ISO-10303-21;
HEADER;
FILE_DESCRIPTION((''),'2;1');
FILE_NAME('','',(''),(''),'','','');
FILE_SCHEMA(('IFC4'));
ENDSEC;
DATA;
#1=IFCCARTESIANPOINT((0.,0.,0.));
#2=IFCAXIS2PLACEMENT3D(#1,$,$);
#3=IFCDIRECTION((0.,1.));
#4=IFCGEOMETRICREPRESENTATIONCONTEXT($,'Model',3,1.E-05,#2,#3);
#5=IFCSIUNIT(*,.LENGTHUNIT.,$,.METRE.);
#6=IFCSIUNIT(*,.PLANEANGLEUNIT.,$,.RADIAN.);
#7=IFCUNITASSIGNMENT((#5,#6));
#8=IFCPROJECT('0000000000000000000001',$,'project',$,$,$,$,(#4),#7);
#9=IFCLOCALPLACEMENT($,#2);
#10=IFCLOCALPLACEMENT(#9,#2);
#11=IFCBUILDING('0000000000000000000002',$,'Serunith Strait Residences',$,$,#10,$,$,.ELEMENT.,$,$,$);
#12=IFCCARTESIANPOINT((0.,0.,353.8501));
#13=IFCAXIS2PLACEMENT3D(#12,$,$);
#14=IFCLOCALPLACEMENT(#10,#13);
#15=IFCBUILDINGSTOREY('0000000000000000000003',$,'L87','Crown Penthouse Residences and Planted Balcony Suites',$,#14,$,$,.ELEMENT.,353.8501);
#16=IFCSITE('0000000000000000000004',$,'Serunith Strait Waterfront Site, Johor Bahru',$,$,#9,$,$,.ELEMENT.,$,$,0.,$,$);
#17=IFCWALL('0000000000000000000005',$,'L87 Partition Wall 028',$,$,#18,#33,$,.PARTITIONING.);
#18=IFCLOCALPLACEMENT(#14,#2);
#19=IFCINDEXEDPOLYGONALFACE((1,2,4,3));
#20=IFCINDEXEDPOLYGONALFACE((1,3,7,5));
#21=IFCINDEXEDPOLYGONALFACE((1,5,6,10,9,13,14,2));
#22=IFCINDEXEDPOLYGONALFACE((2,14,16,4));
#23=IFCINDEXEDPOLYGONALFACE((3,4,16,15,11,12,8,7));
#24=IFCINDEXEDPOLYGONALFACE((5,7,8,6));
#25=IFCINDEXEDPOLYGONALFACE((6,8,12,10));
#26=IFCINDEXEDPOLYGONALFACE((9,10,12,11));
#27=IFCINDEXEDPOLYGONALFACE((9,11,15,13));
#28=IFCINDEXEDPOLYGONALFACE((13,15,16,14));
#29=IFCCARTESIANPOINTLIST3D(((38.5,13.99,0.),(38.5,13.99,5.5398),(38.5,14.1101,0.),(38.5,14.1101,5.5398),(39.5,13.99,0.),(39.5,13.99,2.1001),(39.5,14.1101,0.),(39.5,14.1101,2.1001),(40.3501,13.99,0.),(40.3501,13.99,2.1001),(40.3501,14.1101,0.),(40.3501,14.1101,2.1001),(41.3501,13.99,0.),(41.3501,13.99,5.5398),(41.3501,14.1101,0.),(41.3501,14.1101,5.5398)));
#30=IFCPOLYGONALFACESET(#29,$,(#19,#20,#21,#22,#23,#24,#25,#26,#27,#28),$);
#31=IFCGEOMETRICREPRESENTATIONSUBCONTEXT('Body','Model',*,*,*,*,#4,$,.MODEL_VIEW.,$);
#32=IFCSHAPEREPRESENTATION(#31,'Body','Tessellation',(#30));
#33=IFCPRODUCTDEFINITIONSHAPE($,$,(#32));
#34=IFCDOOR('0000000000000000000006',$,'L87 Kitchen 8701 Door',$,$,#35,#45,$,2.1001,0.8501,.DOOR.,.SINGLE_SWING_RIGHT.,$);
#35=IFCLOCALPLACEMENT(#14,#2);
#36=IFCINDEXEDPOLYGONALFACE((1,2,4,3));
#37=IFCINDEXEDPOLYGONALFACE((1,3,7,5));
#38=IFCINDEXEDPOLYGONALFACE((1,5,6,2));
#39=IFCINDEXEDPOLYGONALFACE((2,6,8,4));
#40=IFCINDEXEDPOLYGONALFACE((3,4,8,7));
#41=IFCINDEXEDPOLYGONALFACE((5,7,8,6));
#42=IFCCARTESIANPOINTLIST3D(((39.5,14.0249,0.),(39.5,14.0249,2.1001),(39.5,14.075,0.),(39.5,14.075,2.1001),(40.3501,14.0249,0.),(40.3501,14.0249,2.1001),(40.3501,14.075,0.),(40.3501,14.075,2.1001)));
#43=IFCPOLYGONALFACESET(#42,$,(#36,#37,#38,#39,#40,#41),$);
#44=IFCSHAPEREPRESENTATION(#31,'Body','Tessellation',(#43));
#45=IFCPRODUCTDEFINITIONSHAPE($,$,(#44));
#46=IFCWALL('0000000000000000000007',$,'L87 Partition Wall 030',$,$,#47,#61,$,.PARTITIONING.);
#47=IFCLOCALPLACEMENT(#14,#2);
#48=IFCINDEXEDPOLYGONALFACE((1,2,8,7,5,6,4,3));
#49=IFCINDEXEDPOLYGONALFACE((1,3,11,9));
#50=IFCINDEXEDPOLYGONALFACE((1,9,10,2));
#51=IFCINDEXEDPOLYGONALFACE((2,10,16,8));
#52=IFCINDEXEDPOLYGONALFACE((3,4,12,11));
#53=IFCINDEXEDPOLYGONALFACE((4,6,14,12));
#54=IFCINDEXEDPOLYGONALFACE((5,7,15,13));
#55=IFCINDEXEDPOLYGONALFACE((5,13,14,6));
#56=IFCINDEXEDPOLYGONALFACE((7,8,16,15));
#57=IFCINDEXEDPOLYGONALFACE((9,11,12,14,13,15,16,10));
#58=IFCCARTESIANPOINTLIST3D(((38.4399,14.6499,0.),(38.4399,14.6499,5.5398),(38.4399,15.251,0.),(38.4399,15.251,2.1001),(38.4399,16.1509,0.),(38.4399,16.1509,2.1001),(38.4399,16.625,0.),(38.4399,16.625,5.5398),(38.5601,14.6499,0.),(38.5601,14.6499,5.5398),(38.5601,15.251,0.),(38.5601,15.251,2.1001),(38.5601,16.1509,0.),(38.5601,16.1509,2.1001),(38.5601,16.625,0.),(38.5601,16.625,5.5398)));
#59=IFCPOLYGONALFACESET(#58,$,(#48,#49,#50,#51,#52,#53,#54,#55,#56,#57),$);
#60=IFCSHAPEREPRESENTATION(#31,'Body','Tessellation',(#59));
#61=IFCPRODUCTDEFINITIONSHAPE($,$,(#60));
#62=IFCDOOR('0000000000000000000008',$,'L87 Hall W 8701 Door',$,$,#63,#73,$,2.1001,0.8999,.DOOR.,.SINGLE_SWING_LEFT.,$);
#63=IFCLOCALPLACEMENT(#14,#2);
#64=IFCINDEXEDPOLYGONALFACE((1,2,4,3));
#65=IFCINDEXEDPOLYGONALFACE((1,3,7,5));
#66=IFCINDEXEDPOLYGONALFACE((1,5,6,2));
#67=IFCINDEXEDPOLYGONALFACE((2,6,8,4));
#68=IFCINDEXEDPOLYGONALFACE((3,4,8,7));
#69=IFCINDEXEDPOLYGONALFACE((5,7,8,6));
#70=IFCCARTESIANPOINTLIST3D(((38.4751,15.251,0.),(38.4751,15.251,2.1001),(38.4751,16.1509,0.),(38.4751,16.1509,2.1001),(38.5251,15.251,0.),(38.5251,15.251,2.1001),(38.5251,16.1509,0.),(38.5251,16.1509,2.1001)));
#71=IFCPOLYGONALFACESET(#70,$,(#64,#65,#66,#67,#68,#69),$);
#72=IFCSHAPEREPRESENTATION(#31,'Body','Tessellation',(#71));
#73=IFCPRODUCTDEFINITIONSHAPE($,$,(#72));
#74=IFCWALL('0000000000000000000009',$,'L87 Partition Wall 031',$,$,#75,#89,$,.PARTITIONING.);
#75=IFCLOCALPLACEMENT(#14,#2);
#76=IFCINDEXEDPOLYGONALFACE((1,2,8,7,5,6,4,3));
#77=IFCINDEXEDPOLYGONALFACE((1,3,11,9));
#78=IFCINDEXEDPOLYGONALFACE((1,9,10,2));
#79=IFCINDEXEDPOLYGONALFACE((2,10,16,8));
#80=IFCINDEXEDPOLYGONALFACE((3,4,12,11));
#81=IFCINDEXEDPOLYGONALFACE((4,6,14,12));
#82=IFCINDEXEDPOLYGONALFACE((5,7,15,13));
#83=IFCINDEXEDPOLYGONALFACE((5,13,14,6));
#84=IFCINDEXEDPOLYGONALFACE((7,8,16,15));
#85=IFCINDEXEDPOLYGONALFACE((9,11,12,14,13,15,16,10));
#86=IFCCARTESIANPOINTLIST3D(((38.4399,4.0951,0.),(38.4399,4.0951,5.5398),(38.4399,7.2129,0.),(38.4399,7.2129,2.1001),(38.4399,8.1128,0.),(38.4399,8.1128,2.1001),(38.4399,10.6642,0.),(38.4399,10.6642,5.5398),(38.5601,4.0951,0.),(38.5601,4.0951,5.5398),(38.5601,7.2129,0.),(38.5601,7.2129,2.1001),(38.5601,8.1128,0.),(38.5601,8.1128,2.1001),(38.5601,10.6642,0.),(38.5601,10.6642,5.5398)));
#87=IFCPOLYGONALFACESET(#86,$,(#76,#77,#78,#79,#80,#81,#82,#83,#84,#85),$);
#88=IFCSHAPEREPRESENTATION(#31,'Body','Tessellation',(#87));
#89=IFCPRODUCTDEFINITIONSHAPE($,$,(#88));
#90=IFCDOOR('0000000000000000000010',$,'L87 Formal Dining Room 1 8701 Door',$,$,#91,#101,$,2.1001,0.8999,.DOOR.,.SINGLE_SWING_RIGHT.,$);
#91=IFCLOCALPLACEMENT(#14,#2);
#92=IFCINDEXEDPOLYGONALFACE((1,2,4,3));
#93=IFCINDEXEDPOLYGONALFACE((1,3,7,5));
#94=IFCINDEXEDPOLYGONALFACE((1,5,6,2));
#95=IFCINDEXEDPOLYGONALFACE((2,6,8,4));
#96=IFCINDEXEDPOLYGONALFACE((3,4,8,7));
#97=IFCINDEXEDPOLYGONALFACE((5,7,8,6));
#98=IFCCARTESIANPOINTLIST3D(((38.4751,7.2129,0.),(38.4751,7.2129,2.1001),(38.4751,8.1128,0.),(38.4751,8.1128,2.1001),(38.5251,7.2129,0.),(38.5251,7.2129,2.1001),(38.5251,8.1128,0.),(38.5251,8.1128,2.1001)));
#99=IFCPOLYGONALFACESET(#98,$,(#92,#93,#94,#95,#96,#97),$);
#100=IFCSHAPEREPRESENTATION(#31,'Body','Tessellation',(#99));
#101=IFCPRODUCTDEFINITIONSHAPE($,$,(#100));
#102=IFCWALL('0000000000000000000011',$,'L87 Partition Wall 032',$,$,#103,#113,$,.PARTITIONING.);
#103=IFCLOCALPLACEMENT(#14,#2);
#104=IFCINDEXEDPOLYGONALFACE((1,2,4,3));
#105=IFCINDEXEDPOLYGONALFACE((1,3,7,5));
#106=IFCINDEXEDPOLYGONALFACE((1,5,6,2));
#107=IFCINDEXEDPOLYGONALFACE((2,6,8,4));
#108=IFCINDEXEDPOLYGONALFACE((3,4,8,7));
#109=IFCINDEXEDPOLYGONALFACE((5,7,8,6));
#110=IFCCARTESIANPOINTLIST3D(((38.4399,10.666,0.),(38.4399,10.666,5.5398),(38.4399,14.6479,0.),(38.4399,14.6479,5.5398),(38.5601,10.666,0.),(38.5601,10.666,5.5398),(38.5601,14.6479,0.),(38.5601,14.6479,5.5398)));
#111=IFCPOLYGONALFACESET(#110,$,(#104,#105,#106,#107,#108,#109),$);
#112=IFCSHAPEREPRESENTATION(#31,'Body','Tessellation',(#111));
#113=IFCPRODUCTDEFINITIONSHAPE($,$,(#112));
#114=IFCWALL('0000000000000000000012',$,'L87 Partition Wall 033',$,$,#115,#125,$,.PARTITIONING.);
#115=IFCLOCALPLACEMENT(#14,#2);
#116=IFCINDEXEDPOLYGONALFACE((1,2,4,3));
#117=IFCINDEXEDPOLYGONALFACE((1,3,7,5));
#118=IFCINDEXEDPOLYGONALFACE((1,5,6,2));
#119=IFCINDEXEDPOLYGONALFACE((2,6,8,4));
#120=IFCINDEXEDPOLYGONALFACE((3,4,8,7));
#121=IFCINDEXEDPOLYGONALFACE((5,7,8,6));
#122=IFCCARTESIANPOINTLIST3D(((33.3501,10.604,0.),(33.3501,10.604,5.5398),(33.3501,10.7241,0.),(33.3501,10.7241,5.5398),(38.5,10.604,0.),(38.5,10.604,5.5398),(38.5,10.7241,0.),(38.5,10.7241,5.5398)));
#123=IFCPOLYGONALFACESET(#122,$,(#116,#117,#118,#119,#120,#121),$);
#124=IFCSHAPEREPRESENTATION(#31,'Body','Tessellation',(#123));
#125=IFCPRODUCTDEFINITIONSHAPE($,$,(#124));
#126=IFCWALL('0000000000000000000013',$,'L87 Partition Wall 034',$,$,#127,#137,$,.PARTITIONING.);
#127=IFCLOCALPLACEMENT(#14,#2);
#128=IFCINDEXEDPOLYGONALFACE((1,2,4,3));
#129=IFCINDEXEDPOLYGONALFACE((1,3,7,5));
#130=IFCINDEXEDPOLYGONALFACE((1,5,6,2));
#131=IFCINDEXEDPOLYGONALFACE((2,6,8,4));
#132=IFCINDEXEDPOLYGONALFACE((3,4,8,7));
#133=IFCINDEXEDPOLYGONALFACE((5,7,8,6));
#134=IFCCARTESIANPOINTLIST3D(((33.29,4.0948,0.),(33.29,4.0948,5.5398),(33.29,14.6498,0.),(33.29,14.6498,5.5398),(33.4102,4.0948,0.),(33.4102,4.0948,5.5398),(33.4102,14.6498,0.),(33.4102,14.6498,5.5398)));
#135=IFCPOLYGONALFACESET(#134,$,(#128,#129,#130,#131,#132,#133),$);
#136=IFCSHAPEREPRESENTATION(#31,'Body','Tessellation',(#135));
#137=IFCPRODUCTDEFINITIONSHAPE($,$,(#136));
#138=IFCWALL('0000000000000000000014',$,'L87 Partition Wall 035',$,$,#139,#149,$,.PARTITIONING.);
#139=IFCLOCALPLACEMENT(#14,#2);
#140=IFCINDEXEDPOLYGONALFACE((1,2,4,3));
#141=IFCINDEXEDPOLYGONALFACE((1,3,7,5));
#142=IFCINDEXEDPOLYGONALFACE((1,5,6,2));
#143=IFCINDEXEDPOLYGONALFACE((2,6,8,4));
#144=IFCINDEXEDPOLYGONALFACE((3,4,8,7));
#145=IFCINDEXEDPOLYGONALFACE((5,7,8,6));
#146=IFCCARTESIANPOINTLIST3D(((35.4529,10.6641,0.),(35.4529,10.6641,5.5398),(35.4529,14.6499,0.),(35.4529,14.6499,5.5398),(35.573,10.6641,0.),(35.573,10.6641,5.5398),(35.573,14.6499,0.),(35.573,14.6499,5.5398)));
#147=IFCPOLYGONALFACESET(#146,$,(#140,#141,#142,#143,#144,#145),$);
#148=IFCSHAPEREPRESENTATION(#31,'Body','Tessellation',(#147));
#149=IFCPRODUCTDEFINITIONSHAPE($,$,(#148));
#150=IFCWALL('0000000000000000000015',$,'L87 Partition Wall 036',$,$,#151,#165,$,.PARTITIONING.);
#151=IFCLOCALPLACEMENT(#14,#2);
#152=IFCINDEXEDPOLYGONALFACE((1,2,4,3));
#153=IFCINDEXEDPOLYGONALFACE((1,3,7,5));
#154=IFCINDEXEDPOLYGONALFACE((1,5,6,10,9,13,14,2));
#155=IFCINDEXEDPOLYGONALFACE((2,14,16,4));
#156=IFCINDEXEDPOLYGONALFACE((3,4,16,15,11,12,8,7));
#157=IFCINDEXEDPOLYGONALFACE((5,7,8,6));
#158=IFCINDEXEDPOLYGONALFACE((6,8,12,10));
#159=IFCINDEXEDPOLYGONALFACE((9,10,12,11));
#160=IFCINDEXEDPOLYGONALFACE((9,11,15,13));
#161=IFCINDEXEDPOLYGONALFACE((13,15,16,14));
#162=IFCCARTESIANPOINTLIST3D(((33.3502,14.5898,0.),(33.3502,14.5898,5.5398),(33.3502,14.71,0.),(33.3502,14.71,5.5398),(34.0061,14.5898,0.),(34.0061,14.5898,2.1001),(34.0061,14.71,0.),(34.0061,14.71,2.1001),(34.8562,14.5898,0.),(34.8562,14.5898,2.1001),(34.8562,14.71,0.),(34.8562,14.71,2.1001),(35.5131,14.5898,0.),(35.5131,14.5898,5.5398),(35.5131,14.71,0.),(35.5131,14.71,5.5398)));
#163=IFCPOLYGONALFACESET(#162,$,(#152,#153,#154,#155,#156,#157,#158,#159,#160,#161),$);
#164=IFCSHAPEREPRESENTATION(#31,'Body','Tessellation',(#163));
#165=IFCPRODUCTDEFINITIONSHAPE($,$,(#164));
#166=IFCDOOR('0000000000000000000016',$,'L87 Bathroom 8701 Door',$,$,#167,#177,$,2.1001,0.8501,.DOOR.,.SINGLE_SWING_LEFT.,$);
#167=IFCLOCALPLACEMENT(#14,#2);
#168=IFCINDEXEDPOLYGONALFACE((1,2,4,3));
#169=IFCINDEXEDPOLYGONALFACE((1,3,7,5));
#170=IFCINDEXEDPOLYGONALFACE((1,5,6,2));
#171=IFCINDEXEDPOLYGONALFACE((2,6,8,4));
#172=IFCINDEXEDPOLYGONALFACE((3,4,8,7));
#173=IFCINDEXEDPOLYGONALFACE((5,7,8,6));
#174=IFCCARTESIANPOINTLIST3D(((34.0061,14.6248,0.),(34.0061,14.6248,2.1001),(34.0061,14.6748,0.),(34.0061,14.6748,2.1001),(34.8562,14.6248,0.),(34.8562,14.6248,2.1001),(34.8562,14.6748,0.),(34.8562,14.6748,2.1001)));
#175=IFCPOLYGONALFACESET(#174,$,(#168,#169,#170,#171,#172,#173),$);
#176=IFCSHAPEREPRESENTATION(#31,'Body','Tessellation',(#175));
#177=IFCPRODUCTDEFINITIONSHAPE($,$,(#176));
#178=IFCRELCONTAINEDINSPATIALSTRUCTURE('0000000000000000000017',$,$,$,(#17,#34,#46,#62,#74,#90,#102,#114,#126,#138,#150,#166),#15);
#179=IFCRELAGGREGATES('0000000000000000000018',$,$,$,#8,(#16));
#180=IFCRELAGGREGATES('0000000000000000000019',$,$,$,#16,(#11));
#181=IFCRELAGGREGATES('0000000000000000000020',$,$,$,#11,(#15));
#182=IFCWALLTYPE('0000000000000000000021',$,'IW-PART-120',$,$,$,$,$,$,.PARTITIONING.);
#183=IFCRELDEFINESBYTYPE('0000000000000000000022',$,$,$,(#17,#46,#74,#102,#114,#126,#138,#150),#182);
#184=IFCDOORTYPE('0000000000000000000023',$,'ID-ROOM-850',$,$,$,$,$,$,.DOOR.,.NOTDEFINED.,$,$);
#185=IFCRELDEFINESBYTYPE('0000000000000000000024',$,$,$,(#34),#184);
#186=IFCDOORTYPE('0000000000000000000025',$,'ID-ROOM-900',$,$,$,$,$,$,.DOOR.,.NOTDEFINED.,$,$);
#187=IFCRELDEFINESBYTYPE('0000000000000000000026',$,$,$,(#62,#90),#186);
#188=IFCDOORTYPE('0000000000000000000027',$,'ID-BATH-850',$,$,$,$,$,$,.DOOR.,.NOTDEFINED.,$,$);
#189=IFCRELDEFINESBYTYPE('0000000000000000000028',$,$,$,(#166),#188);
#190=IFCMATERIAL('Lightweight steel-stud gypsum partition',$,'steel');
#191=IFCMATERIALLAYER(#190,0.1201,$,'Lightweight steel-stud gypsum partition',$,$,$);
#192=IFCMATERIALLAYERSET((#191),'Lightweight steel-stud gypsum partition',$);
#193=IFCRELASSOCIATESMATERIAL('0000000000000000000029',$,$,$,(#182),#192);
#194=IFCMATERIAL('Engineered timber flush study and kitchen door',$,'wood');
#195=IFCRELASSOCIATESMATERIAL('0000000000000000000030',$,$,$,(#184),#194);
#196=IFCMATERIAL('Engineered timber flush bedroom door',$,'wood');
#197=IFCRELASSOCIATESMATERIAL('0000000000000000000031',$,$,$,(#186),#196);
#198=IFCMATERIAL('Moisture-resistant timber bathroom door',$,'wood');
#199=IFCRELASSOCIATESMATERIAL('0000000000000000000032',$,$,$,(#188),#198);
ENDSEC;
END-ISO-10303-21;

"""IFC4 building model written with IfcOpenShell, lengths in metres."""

from ifc_helpers import new_model, si_unit, direction, frame, frame_2d, origin, place, context, subcontext, project, spatial, rectangle, extrude, source, transform, mapped, material, layer, layer_set, type_object, element, fill, save


model = new_model("IFC4")

# Units and contexts
model_context = context("Model", 3, precision=1e-05, world=origin(), true_north=direction((0.0, 1.0)))
body_context = subcontext(model_context, "Body", "Model", "MODEL_VIEW")
ifc_project = project(units=[si_unit("LENGTHUNIT", "METRE"), si_unit("PLANEANGLEUNIT", "RADIAN")], contexts=[model_context])

# Site, building, storey
site_placement = place(None, origin())
site = spatial("IfcSite", under=ifc_project, at=site_placement, Name="Serunith Strait Waterfront Site, Johor Bahru", CompositionType="ELEMENT", RefElevation=0.0)
building_placement = place(site_placement, origin())
building = spatial("IfcBuilding", under=site, at=building_placement, Name="Serunith Strait Residences", CompositionType="ELEMENT")
storey_placement = place(building_placement, frame((0.0, 0.0, 353.8501)))
storey = spatial("IfcBuildingStorey", under=building, at=storey_placement, Name="L87", Description="Crown Penthouse Residences and Planted Balcony Suites", CompositionType="ELEMENT", Elevation=353.8501)

# Walls, openings, doors
ifc_material_1 = material(Name="Lightweight steel-stud gypsum partition", Category="steel")
ifc_layer_1 = layer(ifc_material_1, 0.1201, Name="Lightweight steel-stud gypsum partition")
ifc_layer_set_1 = layer_set([ifc_layer_1], Name="Lightweight steel-stud gypsum partition")
wall_type = type_object("IfcWallType", Name="IW-PART-120", PredefinedType="PARTITIONING", material=ifc_layer_set_1)
wall_1_placement = place(storey_placement, frame((38.5, 14.05, 0.0), z_axis=(0.0, 0.0, 1.0), x_axis=(1.0, 0.0, 0.0)))
wall_1 = element("IfcWall", 1, at=wall_1_placement, inside=storey, type_object=wall_type, Name="L87 Partition Wall 028", PredefinedType="PARTITIONING", context=body_context, shape_type="SweptSolid", body=[
    extrude(rectangle(XDim=2.8501, YDim=0.1201, at=frame_2d((1.425, 0.0))), origin(), (0.0, 0.0, 1.0), 5.5398),
])
opening_1_placement = place(wall_1_placement, frame((1.0, 0.0, 0.0)))
opening_1 = element("IfcOpeningElement", 2, at=opening_1_placement, cuts=wall_1, PredefinedType="OPENING", context=body_context, shape_type="SweptSolid", body=[
    extrude(rectangle(XDim=0.8501, YDim=2.1001, at=frame_2d((0.425, 1.05))), frame((0.0, 0.0701, 0.0), z_axis=(0.0, -1.0, 0.0), x_axis=(1.0, 0.0, 0.0)), (0.0, 0.0, 1.0), 0.1401),
])
ifc_material_2 = material(Name="Engineered timber flush study and kitchen door", Category="wood")
door_type_1 = type_object("IfcDoorType", Name="ID-ROOM-850", OperationType="NOTDEFINED", PredefinedType="DOOR", material=ifc_material_2)
shared_shape_1 = source(origin(), body_context, "Body", "SweptSolid", [
    extrude(rectangle(XDim=0.8501, YDim=2.1001, at=frame_2d((0.425, 1.05))), frame((0.0, 0.0249, 0.0), z_axis=(0.0, -1.0, 0.0), x_axis=(1.0, 0.0, 0.0)), (0.0, 0.0, 1.0), 0.05),
])
door_1_placement = place(opening_1_placement, origin())
door_1 = element("IfcDoor", 3, at=door_1_placement, inside=storey, type_object=door_type_1, Name="L87 Kitchen 8701 Door", OperationType="SINGLE_SWING_RIGHT", OverallHeight=2.1001, OverallWidth=0.8501, PredefinedType="DOOR", context=body_context, shape_type="MappedRepresentation", body=[
    mapped(shared_shape_1, transform((0.0, 0.0, 0.0), scale=1.0)),
])
fill(opening_1, door_1)
wall_2_placement = place(storey_placement, frame((38.5, 14.6499, 0.0), z_axis=(0.0, 0.0, 1.0), x_axis=(0.0, 1.0, 0.0)))
wall_2 = element("IfcWall", 4, at=wall_2_placement, inside=storey, type_object=wall_type, Name="L87 Partition Wall 030", PredefinedType="PARTITIONING", context=body_context, shape_type="SweptSolid", body=[
    extrude(rectangle(XDim=1.9751, YDim=0.1201, at=frame_2d((0.9875, 0.0))), origin(), (0.0, 0.0, 1.0), 5.5398),
])
opening_2_placement = place(wall_2_placement, frame((0.6011, 0.0, 0.0)))
opening_2 = element("IfcOpeningElement", 5, at=opening_2_placement, cuts=wall_2, PredefinedType="OPENING", context=body_context, shape_type="SweptSolid", body=[
    extrude(rectangle(XDim=0.8999, YDim=2.1001, at=frame_2d((0.45, 1.05))), frame((0.0, 0.0701, 0.0), z_axis=(0.0, -1.0, 0.0), x_axis=(1.0, 0.0, 0.0)), (0.0, 0.0, 1.0), 0.1401),
])
ifc_material_3 = material(Name="Engineered timber flush bedroom door", Category="wood")
door_type_2 = type_object("IfcDoorType", Name="ID-ROOM-900", OperationType="NOTDEFINED", PredefinedType="DOOR", material=ifc_material_3)
shared_shape_2 = source(origin(), body_context, "Body", "SweptSolid", [
    extrude(rectangle(XDim=0.8999, YDim=2.1001, at=frame_2d((0.45, 1.05))), frame((0.0, 0.0249, 0.0), z_axis=(0.0, -1.0, 0.0), x_axis=(1.0, 0.0, 0.0)), (0.0, 0.0, 1.0), 0.05),
])
door_2_placement = place(opening_2_placement, origin())
door_2 = element("IfcDoor", 6, at=door_2_placement, inside=storey, type_object=door_type_2, Name="L87 Hall W 8701 Door", OperationType="SINGLE_SWING_LEFT", OverallHeight=2.1001, OverallWidth=0.8999, PredefinedType="DOOR", context=body_context, shape_type="MappedRepresentation", body=[
    mapped(shared_shape_2, transform((0.0, 0.0, 0.0), scale=1.0)),
])
fill(opening_2, door_2)
wall_3_placement = place(storey_placement, frame((38.5, 4.095, 0.0), z_axis=(0.0, 0.0, 1.0), x_axis=(0.0, 1.0, 0.0)))
wall_3 = element("IfcWall", 7, at=wall_3_placement, inside=storey, type_object=wall_type, Name="L87 Partition Wall 031", PredefinedType="PARTITIONING", context=body_context, shape_type="SweptSolid", body=[
    extrude(rectangle(XDim=6.5691, YDim=0.1201, at=frame_2d((3.2847, 0.0))), origin(), (0.0, 0.0, 1.0), 5.5398),
])
opening_3_placement = place(wall_3_placement, frame((3.1179, 0.0, 0.0)))
opening_3 = element("IfcOpeningElement", 8, at=opening_3_placement, cuts=wall_3, PredefinedType="OPENING", context=body_context, shape_type="SweptSolid", body=[
    extrude(rectangle(XDim=0.8999, YDim=2.1001, at=frame_2d((0.45, 1.05))), frame((0.0, 0.0701, 0.0), z_axis=(0.0, -1.0, 0.0), x_axis=(1.0, 0.0, 0.0)), (0.0, 0.0, 1.0), 0.1401),
])
door_3_placement = place(opening_3_placement, origin())
door_3 = element("IfcDoor", 9, at=door_3_placement, inside=storey, type_object=door_type_2, Name="L87 Formal Dining Room 1 8701 Door", OperationType="SINGLE_SWING_RIGHT", OverallHeight=2.1001, OverallWidth=0.8999, PredefinedType="DOOR", context=body_context, shape_type="MappedRepresentation", body=[
    mapped(shared_shape_2, transform((0.0, 0.0, 0.0), scale=1.0)),
])
fill(opening_3, door_3)

# Walls
wall_4_placement = place(storey_placement, frame((38.5, 10.666, 0.0), z_axis=(0.0, 0.0, 1.0), x_axis=(0.0, 1.0, 0.0)))
element("IfcWall", 10, at=wall_4_placement, inside=storey, type_object=wall_type, Name="L87 Partition Wall 032", PredefinedType="PARTITIONING", context=body_context, shape_type="SweptSolid", body=[
    extrude(rectangle(XDim=3.9819, YDim=0.1201, at=frame_2d((1.991, 0.0))), origin(), (0.0, 0.0, 1.0), 5.5398),
])
wall_5_placement = place(storey_placement, frame((33.3501, 10.6641, 0.0), z_axis=(0.0, 0.0, 1.0), x_axis=(1.0, 0.0, 0.0)))
element("IfcWall", 11, at=wall_5_placement, inside=storey, type_object=wall_type, Name="L87 Partition Wall 033", PredefinedType="PARTITIONING", context=body_context, shape_type="SweptSolid", body=[
    extrude(rectangle(XDim=5.1499, YDim=0.1201, at=frame_2d((2.575, 0.0))), origin(), (0.0, 0.0, 1.0), 5.5398),
])
wall_6_placement = place(storey_placement, frame((33.3501, 4.095, 0.0), z_axis=(0.0, 0.0, 1.0), x_axis=(0.0, 1.0, 0.0)))
element("IfcWall", 12, at=wall_6_placement, inside=storey, type_object=wall_type, Name="L87 Partition Wall 034", PredefinedType="PARTITIONING", context=body_context, shape_type="SweptSolid", body=[
    extrude(rectangle(XDim=10.5549, YDim=0.1201, at=frame_2d((5.2773, 0.0))), origin(), (0.0, 0.0, 1.0), 5.5398),
])
wall_7_placement = place(storey_placement, frame((35.5129, 10.6641, 0.0), z_axis=(0.0, 0.0, 1.0), x_axis=(0.0, 1.0, 0.0)))
element("IfcWall", 13, at=wall_7_placement, inside=storey, type_object=wall_type, Name="L87 Partition Wall 035", PredefinedType="PARTITIONING", context=body_context, shape_type="SweptSolid", body=[
    extrude(rectangle(XDim=3.9858, YDim=0.1201, at=frame_2d((1.9929, 0.0))), origin(), (0.0, 0.0, 1.0), 5.5398),
])

# Wall, opening, door
wall_8_placement = place(storey_placement, frame((33.3501, 14.6499, 0.0), z_axis=(0.0, 0.0, 1.0), x_axis=(1.0, 0.0, 0.0)))
wall_8 = element("IfcWall", 14, at=wall_8_placement, inside=storey, type_object=wall_type, Name="L87 Partition Wall 036", PredefinedType="PARTITIONING", context=body_context, shape_type="SweptSolid", body=[
    extrude(rectangle(XDim=2.1628, YDim=0.1201, at=frame_2d((1.0815, 0.0))), origin(), (0.0, 0.0, 1.0), 5.5398),
])
opening_4_placement = place(wall_8_placement, frame((0.656, 0.0, 0.0)))
opening_4 = element("IfcOpeningElement", 15, at=opening_4_placement, cuts=wall_8, PredefinedType="OPENING", context=body_context, shape_type="SweptSolid", body=[
    extrude(rectangle(XDim=0.8501, YDim=2.1001, at=frame_2d((0.425, 1.05))), frame((0.0, 0.0701, 0.0), z_axis=(0.0, -1.0, 0.0), x_axis=(1.0, 0.0, 0.0)), (0.0, 0.0, 1.0), 0.1401),
])
ifc_material_4 = material(Name="Moisture-resistant timber bathroom door", Category="wood")
door_type_3 = type_object("IfcDoorType", Name="ID-BATH-850", OperationType="NOTDEFINED", PredefinedType="DOOR", material=ifc_material_4)
door_4_placement = place(opening_4_placement, origin())
door_4 = element("IfcDoor", 16, at=door_4_placement, inside=storey, type_object=door_type_3, Name="L87 Bathroom 8701 Door", OperationType="SINGLE_SWING_LEFT", OverallHeight=2.1001, OverallWidth=0.8501, PredefinedType="DOOR", context=body_context, shape_type="MappedRepresentation", body=[
    mapped(shared_shape_1, transform((0.0, 0.0, 0.0), scale=1.0)),
])
fill(opening_4, door_4)

save(model, "model.ifc")
